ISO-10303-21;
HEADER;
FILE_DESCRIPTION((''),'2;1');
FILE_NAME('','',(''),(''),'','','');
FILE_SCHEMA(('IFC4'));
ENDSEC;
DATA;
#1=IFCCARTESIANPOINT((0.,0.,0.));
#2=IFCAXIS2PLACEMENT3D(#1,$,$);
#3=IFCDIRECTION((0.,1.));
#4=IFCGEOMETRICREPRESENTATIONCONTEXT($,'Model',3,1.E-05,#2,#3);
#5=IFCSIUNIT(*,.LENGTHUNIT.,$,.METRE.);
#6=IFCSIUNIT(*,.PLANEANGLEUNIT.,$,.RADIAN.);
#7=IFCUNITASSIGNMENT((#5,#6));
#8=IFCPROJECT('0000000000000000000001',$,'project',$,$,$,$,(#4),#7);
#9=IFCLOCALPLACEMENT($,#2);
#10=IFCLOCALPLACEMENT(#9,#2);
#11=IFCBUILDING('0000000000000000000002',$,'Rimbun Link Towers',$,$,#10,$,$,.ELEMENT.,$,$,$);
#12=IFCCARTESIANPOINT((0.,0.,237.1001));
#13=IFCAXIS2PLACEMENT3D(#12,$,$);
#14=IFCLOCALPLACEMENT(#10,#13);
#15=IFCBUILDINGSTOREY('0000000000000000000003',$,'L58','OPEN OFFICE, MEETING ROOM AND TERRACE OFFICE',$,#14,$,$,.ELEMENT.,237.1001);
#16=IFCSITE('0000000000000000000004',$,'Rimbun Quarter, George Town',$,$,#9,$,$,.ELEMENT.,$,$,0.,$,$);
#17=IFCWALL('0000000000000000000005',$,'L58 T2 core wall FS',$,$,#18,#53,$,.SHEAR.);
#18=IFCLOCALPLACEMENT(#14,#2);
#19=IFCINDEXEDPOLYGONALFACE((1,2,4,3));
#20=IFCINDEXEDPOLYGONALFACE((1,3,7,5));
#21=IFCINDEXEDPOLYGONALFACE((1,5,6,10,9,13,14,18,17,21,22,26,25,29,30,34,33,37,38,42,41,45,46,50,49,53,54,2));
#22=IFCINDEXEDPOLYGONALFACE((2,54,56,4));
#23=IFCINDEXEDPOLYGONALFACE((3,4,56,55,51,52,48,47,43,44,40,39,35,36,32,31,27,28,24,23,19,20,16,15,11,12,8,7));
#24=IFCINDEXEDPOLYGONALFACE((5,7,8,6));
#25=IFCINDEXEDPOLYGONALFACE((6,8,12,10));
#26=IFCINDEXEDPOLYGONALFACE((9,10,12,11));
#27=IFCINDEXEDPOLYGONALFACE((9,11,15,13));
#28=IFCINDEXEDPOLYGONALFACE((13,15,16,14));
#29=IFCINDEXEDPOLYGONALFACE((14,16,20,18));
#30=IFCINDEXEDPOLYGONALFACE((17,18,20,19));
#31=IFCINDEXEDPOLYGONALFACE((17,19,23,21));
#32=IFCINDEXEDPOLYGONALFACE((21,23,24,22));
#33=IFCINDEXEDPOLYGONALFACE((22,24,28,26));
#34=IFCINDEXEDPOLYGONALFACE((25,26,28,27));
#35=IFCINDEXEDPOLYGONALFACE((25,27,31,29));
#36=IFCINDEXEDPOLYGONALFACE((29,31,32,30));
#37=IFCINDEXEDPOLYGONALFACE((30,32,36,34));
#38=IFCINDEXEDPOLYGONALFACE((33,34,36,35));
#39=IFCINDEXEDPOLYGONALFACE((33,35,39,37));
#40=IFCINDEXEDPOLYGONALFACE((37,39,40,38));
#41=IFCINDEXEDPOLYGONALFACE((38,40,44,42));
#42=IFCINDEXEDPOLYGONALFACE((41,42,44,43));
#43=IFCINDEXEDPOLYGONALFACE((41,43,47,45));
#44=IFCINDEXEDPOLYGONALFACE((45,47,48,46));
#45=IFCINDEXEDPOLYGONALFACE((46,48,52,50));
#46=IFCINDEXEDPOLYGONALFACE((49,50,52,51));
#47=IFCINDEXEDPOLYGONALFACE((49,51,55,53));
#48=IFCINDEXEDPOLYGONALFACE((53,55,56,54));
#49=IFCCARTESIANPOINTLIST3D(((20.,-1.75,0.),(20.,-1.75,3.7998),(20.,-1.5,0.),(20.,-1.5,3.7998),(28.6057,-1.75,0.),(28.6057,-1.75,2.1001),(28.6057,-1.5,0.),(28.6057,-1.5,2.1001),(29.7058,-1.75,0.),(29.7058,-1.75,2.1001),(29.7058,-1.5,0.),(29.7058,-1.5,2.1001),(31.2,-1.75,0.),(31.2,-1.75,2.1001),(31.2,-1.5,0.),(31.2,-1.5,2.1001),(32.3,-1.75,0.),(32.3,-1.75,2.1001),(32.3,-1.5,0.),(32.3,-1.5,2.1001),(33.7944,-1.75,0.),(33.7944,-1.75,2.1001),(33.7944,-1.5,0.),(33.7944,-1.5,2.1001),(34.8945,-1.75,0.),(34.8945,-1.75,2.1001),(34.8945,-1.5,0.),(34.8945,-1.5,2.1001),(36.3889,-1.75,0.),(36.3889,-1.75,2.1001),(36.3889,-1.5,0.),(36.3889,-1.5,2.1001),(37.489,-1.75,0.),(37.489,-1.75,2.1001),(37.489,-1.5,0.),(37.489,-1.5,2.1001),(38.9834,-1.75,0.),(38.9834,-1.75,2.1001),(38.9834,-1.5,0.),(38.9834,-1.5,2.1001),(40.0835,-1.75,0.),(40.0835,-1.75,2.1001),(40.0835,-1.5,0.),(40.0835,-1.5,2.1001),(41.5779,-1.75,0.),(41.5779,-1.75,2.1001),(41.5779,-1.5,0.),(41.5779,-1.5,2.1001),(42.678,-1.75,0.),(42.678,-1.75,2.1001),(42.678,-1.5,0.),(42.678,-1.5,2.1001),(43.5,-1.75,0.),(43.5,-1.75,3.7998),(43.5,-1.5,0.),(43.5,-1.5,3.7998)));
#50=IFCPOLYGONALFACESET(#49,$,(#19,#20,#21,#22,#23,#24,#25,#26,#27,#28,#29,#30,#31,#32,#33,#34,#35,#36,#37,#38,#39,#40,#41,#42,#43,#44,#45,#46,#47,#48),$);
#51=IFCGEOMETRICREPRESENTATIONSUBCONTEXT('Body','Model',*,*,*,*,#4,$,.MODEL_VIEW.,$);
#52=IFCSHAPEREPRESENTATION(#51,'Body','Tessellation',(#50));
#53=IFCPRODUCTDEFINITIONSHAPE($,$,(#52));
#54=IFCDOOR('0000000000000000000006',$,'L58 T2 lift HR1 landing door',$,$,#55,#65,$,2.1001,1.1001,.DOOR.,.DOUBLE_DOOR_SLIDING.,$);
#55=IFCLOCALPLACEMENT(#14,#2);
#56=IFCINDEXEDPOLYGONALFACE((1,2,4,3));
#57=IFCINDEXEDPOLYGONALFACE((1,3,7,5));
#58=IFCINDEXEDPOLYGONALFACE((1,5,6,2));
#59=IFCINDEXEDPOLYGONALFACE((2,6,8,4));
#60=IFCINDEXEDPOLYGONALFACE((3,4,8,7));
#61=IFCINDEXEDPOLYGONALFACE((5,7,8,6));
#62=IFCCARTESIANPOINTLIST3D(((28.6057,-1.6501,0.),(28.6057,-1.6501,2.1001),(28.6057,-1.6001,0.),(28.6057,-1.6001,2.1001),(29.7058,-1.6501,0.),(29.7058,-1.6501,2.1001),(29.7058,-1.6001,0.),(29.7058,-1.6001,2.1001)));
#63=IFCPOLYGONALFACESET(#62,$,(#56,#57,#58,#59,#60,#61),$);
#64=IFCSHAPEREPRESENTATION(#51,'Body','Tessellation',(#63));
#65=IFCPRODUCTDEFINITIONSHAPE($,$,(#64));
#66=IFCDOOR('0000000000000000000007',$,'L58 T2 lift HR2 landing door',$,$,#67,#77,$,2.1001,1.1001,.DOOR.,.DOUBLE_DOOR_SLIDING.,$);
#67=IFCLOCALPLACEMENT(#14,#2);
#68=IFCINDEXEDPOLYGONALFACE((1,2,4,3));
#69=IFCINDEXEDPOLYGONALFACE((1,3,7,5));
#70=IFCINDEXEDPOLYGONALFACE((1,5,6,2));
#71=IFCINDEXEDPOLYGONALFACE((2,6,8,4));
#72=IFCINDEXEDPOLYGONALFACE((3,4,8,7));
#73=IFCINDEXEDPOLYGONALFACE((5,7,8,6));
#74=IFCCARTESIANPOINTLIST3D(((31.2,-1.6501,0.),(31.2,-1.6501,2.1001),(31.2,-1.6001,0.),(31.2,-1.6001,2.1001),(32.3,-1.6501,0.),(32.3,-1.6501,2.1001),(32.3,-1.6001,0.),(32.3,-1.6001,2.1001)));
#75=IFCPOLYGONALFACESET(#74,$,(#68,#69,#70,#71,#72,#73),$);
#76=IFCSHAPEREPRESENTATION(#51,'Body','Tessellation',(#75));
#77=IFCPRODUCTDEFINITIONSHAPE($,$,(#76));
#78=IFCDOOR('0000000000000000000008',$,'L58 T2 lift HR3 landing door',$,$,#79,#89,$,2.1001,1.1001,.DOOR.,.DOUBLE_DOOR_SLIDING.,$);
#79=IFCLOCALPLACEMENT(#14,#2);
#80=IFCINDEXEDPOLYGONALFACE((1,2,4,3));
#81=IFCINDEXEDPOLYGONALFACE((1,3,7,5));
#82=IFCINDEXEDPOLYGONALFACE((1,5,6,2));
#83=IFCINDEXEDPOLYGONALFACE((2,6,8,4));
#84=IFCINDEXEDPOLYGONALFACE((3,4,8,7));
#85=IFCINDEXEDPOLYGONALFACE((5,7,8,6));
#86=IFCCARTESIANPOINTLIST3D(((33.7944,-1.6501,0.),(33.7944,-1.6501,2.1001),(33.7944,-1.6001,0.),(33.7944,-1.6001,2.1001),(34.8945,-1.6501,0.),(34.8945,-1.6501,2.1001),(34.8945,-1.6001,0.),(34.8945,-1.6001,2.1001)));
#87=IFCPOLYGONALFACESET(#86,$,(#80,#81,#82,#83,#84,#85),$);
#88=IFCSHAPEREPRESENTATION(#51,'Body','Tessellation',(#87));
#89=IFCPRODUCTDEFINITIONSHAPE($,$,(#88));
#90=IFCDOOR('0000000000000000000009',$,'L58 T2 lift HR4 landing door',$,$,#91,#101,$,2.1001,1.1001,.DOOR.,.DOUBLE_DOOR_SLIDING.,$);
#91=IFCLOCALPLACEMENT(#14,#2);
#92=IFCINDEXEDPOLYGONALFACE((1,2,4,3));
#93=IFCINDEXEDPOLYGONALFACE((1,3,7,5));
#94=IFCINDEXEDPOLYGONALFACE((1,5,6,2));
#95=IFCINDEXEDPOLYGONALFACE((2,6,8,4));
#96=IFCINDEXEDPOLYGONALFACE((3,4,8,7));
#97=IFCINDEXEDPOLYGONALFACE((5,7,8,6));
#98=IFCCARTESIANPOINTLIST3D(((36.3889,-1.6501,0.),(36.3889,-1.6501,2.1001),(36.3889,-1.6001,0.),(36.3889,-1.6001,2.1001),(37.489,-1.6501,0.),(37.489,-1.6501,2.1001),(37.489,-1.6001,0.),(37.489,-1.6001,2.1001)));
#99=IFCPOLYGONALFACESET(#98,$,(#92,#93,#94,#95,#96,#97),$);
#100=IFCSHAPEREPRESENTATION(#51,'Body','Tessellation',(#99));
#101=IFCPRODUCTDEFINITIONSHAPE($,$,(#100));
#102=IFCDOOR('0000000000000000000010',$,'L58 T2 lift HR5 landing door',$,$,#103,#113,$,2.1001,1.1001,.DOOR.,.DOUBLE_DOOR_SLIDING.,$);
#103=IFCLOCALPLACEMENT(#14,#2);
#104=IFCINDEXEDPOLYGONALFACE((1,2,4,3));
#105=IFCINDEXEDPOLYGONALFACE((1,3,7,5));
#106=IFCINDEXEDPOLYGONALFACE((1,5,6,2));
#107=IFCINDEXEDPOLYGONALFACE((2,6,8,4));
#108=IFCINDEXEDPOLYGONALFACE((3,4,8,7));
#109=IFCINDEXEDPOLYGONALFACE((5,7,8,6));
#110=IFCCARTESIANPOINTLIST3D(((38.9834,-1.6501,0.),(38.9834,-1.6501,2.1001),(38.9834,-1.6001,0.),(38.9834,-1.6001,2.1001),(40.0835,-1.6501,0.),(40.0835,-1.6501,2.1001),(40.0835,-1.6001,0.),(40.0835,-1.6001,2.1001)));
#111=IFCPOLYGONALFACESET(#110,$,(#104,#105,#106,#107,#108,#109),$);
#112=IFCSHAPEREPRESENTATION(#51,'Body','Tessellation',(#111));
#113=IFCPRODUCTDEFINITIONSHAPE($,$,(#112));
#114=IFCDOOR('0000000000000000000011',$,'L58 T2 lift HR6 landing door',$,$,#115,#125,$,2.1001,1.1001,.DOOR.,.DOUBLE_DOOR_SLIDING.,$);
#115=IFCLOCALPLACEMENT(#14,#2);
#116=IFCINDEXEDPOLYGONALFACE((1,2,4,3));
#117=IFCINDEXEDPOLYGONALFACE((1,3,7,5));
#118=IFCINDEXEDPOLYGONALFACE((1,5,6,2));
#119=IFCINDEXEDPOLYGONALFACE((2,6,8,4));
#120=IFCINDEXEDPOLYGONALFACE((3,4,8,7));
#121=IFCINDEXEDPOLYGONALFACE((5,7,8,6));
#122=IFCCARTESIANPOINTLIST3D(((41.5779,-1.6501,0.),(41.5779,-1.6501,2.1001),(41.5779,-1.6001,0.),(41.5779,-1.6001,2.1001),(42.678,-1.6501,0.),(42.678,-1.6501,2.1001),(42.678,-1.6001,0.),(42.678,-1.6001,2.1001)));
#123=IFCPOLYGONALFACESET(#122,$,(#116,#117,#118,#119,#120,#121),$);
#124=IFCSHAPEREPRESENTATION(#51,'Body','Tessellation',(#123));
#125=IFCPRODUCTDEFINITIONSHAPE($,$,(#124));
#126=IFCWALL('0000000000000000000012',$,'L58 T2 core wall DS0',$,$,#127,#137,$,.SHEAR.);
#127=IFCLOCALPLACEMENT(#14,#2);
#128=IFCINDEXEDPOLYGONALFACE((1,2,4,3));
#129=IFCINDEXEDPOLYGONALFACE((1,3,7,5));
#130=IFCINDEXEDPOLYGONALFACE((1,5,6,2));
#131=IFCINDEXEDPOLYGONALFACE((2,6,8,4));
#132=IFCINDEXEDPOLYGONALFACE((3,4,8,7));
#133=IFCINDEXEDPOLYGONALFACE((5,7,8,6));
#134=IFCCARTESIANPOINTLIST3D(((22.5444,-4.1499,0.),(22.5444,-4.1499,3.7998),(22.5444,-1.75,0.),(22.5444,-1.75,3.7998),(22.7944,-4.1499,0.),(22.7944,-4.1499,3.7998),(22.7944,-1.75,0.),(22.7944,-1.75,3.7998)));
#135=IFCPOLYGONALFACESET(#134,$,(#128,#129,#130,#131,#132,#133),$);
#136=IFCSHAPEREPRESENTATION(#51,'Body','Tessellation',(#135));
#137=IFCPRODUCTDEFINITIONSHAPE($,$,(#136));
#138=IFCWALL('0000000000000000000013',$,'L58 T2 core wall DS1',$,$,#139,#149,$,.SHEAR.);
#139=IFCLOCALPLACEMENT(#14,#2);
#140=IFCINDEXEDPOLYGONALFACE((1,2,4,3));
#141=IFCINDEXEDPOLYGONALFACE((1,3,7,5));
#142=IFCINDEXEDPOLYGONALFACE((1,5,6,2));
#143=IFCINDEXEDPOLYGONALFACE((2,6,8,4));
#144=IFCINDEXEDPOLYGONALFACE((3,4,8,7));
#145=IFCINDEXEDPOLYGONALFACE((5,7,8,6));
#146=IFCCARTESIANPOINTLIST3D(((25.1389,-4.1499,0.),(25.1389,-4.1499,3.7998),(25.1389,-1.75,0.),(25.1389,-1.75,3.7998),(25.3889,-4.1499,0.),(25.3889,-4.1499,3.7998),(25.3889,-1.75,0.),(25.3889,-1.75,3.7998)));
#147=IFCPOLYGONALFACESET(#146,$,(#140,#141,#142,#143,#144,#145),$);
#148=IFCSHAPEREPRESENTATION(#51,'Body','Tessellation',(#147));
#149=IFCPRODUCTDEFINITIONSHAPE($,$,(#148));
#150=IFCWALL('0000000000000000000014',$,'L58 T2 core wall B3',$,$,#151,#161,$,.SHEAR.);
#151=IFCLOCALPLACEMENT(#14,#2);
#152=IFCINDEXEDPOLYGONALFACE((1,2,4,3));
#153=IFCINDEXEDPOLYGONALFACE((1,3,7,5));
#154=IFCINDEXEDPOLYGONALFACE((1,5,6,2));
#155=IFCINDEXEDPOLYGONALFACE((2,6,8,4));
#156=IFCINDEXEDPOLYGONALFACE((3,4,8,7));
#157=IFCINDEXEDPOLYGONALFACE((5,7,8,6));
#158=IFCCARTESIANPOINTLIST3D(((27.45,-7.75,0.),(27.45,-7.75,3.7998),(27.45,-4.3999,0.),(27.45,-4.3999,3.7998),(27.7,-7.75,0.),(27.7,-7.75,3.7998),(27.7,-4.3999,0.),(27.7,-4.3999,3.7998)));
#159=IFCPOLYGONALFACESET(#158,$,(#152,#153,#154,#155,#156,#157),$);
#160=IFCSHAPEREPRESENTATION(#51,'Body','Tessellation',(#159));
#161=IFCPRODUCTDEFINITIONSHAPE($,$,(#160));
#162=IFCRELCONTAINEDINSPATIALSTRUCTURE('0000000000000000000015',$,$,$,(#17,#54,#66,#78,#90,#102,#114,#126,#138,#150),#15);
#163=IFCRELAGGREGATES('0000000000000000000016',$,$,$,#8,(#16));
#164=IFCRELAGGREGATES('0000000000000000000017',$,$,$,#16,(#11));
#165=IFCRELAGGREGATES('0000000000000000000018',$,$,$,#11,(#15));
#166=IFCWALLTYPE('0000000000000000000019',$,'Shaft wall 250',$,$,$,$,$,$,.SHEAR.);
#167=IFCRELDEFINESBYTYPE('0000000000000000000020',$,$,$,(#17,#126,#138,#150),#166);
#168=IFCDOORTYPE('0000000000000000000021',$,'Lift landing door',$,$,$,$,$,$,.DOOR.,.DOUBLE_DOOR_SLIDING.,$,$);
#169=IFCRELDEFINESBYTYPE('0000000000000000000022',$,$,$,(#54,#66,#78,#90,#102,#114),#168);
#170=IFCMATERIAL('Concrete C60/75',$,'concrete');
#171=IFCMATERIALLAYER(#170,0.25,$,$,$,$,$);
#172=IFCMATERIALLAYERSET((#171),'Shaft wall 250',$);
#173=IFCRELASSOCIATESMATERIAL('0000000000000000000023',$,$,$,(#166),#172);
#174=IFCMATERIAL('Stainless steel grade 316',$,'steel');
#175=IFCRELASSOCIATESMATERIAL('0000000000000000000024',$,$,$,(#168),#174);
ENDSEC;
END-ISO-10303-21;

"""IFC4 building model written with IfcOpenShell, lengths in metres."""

from ifc_helpers import new_model, si_unit, direction, frame, frame_2d, origin, place, context, subcontext, project, spatial, rectangle, extrude, material, layer, layer_set, type_object, element, fill, save


model = new_model("IFC4")

# Units and contexts
model_context = context("Model", 3, precision=1e-05, world=origin(), true_north=direction((0.0, 1.0)))
body_context = subcontext(model_context, "Body", "Model", "MODEL_VIEW")
ifc_project = project(units=[si_unit("LENGTHUNIT", "METRE"), si_unit("PLANEANGLEUNIT", "RADIAN")], contexts=[model_context])

# Site, building, storey
site_placement = place(None, origin())
site = spatial("IfcSite", under=ifc_project, at=site_placement, Name="Rimbun Quarter, George Town", CompositionType="ELEMENT", RefElevation=0.0)
building_placement = place(site_placement, origin())
building = spatial("IfcBuilding", under=site, at=building_placement, Name="Rimbun Link Towers", CompositionType="ELEMENT")
storey_placement = place(building_placement, frame((0.0, 0.0, 237.1001)))
storey = spatial("IfcBuildingStorey", under=building, at=storey_placement, Name="L58", Description="OPEN OFFICE, MEETING ROOM AND TERRACE OFFICE", CompositionType="ELEMENT", Elevation=237.1001)

# Shared definitions
ifc_material_1 = material(Name="Concrete C60/75", Category="concrete")
ifc_layer_1 = layer(ifc_material_1, 0.25)
ifc_layer_set_1 = layer_set([ifc_layer_1], Name="Shaft wall 250")
wall_type_1 = type_object("IfcWallType", Name="Shaft wall 250", PredefinedType="SHEAR", material=ifc_layer_set_1)

# Wall, openings, doors
wall_1_placement = place(storey_placement, frame((20.0, -1.625, 0.0), z_axis=(0.0, 0.0, 1.0), x_axis=(1.0, 0.0, 0.0)))
wall_1 = element("IfcWall", 1, at=wall_1_placement, inside=storey, type_object=wall_type_1, Name="L58 T2 core wall FS", PredefinedType="SHEAR", context=body_context, shape_type="SweptSolid", body=[
    extrude(rectangle(XDim=23.5, YDim=0.25, at=frame_2d((11.75, 0.0))), origin(), (0.0, 0.0, 1.0), 3.7998),
])
opening_1_placement = place(wall_1_placement, frame((8.6057, 0.0, 0.0)))
opening_1 = element("IfcOpeningElement", 2, at=opening_1_placement, cuts=wall_1, PredefinedType="OPENING", context=body_context, shape_type="SweptSolid", body=[
    extrude(rectangle(XDim=1.1001, YDim=2.1001, at=frame_2d((0.55, 1.05))), frame((0.0, 0.135, 0.0), z_axis=(0.0, -1.0, 0.0), x_axis=(1.0, 0.0, 0.0)), (0.0, 0.0, 1.0), 0.27),
])
opening_2_placement = place(wall_1_placement, frame((11.2, 0.0, 0.0)))
opening_2 = element("IfcOpeningElement", 3, at=opening_2_placement, cuts=wall_1, PredefinedType="OPENING", context=body_context, shape_type="SweptSolid", body=[
    extrude(rectangle(XDim=1.1001, YDim=2.1001, at=frame_2d((0.55, 1.05))), frame((0.0, 0.135, 0.0), z_axis=(0.0, -1.0, 0.0), x_axis=(1.0, 0.0, 0.0)), (0.0, 0.0, 1.0), 0.27),
])
opening_3_placement = place(wall_1_placement, frame((13.7944, 0.0, 0.0)))
opening_3 = element("IfcOpeningElement", 4, at=opening_3_placement, cuts=wall_1, PredefinedType="OPENING", context=body_context, shape_type="SweptSolid", body=[
    extrude(rectangle(XDim=1.1001, YDim=2.1001, at=frame_2d((0.55, 1.05))), frame((0.0, 0.135, 0.0), z_axis=(0.0, -1.0, 0.0), x_axis=(1.0, 0.0, 0.0)), (0.0, 0.0, 1.0), 0.27),
])
opening_4_placement = place(wall_1_placement, frame((16.3889, 0.0, 0.0)))
opening_4 = element("IfcOpeningElement", 5, at=opening_4_placement, cuts=wall_1, PredefinedType="OPENING", context=body_context, shape_type="SweptSolid", body=[
    extrude(rectangle(XDim=1.1001, YDim=2.1001, at=frame_2d((0.55, 1.05))), frame((0.0, 0.135, 0.0), z_axis=(0.0, -1.0, 0.0), x_axis=(1.0, 0.0, 0.0)), (0.0, 0.0, 1.0), 0.27),
])
opening_5_placement = place(wall_1_placement, frame((18.9834, 0.0, 0.0)))
opening_5 = element("IfcOpeningElement", 6, at=opening_5_placement, cuts=wall_1, PredefinedType="OPENING", context=body_context, shape_type="SweptSolid", body=[
    extrude(rectangle(XDim=1.1001, YDim=2.1001, at=frame_2d((0.55, 1.05))), frame((0.0, 0.135, 0.0), z_axis=(0.0, -1.0, 0.0), x_axis=(1.0, 0.0, 0.0)), (0.0, 0.0, 1.0), 0.27),
])
opening_6_placement = place(wall_1_placement, frame((21.5779, 0.0, 0.0)))
opening_6 = element("IfcOpeningElement", 7, at=opening_6_placement, cuts=wall_1, PredefinedType="OPENING", context=body_context, shape_type="SweptSolid", body=[
    extrude(rectangle(XDim=1.1001, YDim=2.1001, at=frame_2d((0.55, 1.05))), frame((0.0, 0.135, 0.0), z_axis=(0.0, -1.0, 0.0), x_axis=(1.0, 0.0, 0.0)), (0.0, 0.0, 1.0), 0.27),
])
ifc_material_2 = material(Name="Stainless steel grade 316", Category="steel")
door_type_1 = type_object("IfcDoorType", Name="Lift landing door", OperationType="DOUBLE_DOOR_SLIDING", PredefinedType="DOOR", material=ifc_material_2)
door_1_placement = place(opening_1_placement, origin())
door_1 = element("IfcDoor", 8, at=door_1_placement, inside=storey, type_object=door_type_1, Name="L58 T2 lift HR1 landing door", OperationType="DOUBLE_DOOR_SLIDING", OverallHeight=2.1001, OverallWidth=1.1001, PredefinedType="DOOR", context=body_context, shape_type="SweptSolid", body=[
    extrude(rectangle(XDim=1.1001, YDim=2.1001, at=frame_2d((0.55, 1.05))), frame((0.0, 0.0249, 0.0), z_axis=(0.0, -1.0, 0.0), x_axis=(1.0, 0.0, 0.0)), (0.0, 0.0, 1.0), 0.05),
])
fill(opening_1, door_1)
door_2_placement = place(opening_2_placement, origin())
door_2 = element("IfcDoor", 9, at=door_2_placement, inside=storey, type_object=door_type_1, Name="L58 T2 lift HR2 landing door", OperationType="DOUBLE_DOOR_SLIDING", OverallHeight=2.1001, OverallWidth=1.1001, PredefinedType="DOOR", context=body_context, shape_type="SweptSolid", body=[
    extrude(rectangle(XDim=1.1001, YDim=2.1001, at=frame_2d((0.55, 1.05))), frame((0.0, 0.0249, 0.0), z_axis=(0.0, -1.0, 0.0), x_axis=(1.0, 0.0, 0.0)), (0.0, 0.0, 1.0), 0.05),
])
fill(opening_2, door_2)
door_3_placement = place(opening_3_placement, origin())
door_3 = element("IfcDoor", 10, at=door_3_placement, inside=storey, type_object=door_type_1, Name="L58 T2 lift HR3 landing door", OperationType="DOUBLE_DOOR_SLIDING", OverallHeight=2.1001, OverallWidth=1.1001, PredefinedType="DOOR", context=body_context, shape_type="SweptSolid", body=[
    extrude(rectangle(XDim=1.1001, YDim=2.1001, at=frame_2d((0.55, 1.05))), frame((0.0, 0.0249, 0.0), z_axis=(0.0, -1.0, 0.0), x_axis=(1.0, 0.0, 0.0)), (0.0, 0.0, 1.0), 0.05),
])
fill(opening_3, door_3)
door_4_placement = place(opening_4_placement, origin())
door_4 = element("IfcDoor", 11, at=door_4_placement, inside=storey, type_object=door_type_1, Name="L58 T2 lift HR4 landing door", OperationType="DOUBLE_DOOR_SLIDING", OverallHeight=2.1001, OverallWidth=1.1001, PredefinedType="DOOR", context=body_context, shape_type="SweptSolid", body=[
    extrude(rectangle(XDim=1.1001, YDim=2.1001, at=frame_2d((0.55, 1.05))), frame((0.0, 0.0249, 0.0), z_axis=(0.0, -1.0, 0.0), x_axis=(1.0, 0.0, 0.0)), (0.0, 0.0, 1.0), 0.05),
])
fill(opening_4, door_4)
door_5_placement = place(opening_5_placement, origin())
door_5 = element("IfcDoor", 12, at=door_5_placement, inside=storey, type_object=door_type_1, Name="L58 T2 lift HR5 landing door", OperationType="DOUBLE_DOOR_SLIDING", OverallHeight=2.1001, OverallWidth=1.1001, PredefinedType="DOOR", context=body_context, shape_type="SweptSolid", body=[
    extrude(rectangle(XDim=1.1001, YDim=2.1001, at=frame_2d((0.55, 1.05))), frame((0.0, 0.0249, 0.0), z_axis=(0.0, -1.0, 0.0), x_axis=(1.0, 0.0, 0.0)), (0.0, 0.0, 1.0), 0.05),
])
fill(opening_5, door_5)
door_6_placement = place(opening_6_placement, origin())
door_6 = element("IfcDoor", 13, at=door_6_placement, inside=storey, type_object=door_type_1, Name="L58 T2 lift HR6 landing door", OperationType="DOUBLE_DOOR_SLIDING", OverallHeight=2.1001, OverallWidth=1.1001, PredefinedType="DOOR", context=body_context, shape_type="SweptSolid", body=[
    extrude(rectangle(XDim=1.1001, YDim=2.1001, at=frame_2d((0.55, 1.05))), frame((0.0, 0.0249, 0.0), z_axis=(0.0, -1.0, 0.0), x_axis=(1.0, 0.0, 0.0)), (0.0, 0.0, 1.0), 0.05),
])
fill(opening_6, door_6)

# Walls
for number, where, z_axis, x_axis, name in (
    (14, (22.6694, -4.1499, 0.0), (0.0, 0.0, 1.0), (0.0, 1.0, 0.0), "L58 T2 core wall DS0"),
    (15, (25.2639, -4.1499, 0.0), (0.0, 0.0, 1.0), (0.0, 1.0, 0.0), "L58 T2 core wall DS1"),
):
    element("IfcWall", number, at=place(storey_placement, frame(where, z_axis=z_axis, x_axis=x_axis)), inside=storey, type_object=wall_type_1, Name=name, PredefinedType="SHEAR", context=body_context, shape_type="SweptSolid", body=[
        extrude(rectangle(XDim=2.3999, YDim=0.25, at=frame_2d((1.2, 0.0))), origin(), (0.0, 0.0, 1.0), 3.7998),
    ])
wall_2_placement = place(storey_placement, frame((27.575, -4.3999, 0.0), z_axis=(0.0, 0.0, 1.0), x_axis=(0.0, -1.0, 0.0)))
element("IfcWall", 16, at=wall_2_placement, inside=storey, type_object=wall_type_1, Name="L58 T2 core wall B3", PredefinedType="SHEAR", context=body_context, shape_type="SweptSolid", body=[
    extrude(rectangle(XDim=3.3501, YDim=0.25, at=frame_2d((1.675, 0.0))), origin(), (0.0, 0.0, 1.0), 3.7998),
])

save(model, "model.ifc")
